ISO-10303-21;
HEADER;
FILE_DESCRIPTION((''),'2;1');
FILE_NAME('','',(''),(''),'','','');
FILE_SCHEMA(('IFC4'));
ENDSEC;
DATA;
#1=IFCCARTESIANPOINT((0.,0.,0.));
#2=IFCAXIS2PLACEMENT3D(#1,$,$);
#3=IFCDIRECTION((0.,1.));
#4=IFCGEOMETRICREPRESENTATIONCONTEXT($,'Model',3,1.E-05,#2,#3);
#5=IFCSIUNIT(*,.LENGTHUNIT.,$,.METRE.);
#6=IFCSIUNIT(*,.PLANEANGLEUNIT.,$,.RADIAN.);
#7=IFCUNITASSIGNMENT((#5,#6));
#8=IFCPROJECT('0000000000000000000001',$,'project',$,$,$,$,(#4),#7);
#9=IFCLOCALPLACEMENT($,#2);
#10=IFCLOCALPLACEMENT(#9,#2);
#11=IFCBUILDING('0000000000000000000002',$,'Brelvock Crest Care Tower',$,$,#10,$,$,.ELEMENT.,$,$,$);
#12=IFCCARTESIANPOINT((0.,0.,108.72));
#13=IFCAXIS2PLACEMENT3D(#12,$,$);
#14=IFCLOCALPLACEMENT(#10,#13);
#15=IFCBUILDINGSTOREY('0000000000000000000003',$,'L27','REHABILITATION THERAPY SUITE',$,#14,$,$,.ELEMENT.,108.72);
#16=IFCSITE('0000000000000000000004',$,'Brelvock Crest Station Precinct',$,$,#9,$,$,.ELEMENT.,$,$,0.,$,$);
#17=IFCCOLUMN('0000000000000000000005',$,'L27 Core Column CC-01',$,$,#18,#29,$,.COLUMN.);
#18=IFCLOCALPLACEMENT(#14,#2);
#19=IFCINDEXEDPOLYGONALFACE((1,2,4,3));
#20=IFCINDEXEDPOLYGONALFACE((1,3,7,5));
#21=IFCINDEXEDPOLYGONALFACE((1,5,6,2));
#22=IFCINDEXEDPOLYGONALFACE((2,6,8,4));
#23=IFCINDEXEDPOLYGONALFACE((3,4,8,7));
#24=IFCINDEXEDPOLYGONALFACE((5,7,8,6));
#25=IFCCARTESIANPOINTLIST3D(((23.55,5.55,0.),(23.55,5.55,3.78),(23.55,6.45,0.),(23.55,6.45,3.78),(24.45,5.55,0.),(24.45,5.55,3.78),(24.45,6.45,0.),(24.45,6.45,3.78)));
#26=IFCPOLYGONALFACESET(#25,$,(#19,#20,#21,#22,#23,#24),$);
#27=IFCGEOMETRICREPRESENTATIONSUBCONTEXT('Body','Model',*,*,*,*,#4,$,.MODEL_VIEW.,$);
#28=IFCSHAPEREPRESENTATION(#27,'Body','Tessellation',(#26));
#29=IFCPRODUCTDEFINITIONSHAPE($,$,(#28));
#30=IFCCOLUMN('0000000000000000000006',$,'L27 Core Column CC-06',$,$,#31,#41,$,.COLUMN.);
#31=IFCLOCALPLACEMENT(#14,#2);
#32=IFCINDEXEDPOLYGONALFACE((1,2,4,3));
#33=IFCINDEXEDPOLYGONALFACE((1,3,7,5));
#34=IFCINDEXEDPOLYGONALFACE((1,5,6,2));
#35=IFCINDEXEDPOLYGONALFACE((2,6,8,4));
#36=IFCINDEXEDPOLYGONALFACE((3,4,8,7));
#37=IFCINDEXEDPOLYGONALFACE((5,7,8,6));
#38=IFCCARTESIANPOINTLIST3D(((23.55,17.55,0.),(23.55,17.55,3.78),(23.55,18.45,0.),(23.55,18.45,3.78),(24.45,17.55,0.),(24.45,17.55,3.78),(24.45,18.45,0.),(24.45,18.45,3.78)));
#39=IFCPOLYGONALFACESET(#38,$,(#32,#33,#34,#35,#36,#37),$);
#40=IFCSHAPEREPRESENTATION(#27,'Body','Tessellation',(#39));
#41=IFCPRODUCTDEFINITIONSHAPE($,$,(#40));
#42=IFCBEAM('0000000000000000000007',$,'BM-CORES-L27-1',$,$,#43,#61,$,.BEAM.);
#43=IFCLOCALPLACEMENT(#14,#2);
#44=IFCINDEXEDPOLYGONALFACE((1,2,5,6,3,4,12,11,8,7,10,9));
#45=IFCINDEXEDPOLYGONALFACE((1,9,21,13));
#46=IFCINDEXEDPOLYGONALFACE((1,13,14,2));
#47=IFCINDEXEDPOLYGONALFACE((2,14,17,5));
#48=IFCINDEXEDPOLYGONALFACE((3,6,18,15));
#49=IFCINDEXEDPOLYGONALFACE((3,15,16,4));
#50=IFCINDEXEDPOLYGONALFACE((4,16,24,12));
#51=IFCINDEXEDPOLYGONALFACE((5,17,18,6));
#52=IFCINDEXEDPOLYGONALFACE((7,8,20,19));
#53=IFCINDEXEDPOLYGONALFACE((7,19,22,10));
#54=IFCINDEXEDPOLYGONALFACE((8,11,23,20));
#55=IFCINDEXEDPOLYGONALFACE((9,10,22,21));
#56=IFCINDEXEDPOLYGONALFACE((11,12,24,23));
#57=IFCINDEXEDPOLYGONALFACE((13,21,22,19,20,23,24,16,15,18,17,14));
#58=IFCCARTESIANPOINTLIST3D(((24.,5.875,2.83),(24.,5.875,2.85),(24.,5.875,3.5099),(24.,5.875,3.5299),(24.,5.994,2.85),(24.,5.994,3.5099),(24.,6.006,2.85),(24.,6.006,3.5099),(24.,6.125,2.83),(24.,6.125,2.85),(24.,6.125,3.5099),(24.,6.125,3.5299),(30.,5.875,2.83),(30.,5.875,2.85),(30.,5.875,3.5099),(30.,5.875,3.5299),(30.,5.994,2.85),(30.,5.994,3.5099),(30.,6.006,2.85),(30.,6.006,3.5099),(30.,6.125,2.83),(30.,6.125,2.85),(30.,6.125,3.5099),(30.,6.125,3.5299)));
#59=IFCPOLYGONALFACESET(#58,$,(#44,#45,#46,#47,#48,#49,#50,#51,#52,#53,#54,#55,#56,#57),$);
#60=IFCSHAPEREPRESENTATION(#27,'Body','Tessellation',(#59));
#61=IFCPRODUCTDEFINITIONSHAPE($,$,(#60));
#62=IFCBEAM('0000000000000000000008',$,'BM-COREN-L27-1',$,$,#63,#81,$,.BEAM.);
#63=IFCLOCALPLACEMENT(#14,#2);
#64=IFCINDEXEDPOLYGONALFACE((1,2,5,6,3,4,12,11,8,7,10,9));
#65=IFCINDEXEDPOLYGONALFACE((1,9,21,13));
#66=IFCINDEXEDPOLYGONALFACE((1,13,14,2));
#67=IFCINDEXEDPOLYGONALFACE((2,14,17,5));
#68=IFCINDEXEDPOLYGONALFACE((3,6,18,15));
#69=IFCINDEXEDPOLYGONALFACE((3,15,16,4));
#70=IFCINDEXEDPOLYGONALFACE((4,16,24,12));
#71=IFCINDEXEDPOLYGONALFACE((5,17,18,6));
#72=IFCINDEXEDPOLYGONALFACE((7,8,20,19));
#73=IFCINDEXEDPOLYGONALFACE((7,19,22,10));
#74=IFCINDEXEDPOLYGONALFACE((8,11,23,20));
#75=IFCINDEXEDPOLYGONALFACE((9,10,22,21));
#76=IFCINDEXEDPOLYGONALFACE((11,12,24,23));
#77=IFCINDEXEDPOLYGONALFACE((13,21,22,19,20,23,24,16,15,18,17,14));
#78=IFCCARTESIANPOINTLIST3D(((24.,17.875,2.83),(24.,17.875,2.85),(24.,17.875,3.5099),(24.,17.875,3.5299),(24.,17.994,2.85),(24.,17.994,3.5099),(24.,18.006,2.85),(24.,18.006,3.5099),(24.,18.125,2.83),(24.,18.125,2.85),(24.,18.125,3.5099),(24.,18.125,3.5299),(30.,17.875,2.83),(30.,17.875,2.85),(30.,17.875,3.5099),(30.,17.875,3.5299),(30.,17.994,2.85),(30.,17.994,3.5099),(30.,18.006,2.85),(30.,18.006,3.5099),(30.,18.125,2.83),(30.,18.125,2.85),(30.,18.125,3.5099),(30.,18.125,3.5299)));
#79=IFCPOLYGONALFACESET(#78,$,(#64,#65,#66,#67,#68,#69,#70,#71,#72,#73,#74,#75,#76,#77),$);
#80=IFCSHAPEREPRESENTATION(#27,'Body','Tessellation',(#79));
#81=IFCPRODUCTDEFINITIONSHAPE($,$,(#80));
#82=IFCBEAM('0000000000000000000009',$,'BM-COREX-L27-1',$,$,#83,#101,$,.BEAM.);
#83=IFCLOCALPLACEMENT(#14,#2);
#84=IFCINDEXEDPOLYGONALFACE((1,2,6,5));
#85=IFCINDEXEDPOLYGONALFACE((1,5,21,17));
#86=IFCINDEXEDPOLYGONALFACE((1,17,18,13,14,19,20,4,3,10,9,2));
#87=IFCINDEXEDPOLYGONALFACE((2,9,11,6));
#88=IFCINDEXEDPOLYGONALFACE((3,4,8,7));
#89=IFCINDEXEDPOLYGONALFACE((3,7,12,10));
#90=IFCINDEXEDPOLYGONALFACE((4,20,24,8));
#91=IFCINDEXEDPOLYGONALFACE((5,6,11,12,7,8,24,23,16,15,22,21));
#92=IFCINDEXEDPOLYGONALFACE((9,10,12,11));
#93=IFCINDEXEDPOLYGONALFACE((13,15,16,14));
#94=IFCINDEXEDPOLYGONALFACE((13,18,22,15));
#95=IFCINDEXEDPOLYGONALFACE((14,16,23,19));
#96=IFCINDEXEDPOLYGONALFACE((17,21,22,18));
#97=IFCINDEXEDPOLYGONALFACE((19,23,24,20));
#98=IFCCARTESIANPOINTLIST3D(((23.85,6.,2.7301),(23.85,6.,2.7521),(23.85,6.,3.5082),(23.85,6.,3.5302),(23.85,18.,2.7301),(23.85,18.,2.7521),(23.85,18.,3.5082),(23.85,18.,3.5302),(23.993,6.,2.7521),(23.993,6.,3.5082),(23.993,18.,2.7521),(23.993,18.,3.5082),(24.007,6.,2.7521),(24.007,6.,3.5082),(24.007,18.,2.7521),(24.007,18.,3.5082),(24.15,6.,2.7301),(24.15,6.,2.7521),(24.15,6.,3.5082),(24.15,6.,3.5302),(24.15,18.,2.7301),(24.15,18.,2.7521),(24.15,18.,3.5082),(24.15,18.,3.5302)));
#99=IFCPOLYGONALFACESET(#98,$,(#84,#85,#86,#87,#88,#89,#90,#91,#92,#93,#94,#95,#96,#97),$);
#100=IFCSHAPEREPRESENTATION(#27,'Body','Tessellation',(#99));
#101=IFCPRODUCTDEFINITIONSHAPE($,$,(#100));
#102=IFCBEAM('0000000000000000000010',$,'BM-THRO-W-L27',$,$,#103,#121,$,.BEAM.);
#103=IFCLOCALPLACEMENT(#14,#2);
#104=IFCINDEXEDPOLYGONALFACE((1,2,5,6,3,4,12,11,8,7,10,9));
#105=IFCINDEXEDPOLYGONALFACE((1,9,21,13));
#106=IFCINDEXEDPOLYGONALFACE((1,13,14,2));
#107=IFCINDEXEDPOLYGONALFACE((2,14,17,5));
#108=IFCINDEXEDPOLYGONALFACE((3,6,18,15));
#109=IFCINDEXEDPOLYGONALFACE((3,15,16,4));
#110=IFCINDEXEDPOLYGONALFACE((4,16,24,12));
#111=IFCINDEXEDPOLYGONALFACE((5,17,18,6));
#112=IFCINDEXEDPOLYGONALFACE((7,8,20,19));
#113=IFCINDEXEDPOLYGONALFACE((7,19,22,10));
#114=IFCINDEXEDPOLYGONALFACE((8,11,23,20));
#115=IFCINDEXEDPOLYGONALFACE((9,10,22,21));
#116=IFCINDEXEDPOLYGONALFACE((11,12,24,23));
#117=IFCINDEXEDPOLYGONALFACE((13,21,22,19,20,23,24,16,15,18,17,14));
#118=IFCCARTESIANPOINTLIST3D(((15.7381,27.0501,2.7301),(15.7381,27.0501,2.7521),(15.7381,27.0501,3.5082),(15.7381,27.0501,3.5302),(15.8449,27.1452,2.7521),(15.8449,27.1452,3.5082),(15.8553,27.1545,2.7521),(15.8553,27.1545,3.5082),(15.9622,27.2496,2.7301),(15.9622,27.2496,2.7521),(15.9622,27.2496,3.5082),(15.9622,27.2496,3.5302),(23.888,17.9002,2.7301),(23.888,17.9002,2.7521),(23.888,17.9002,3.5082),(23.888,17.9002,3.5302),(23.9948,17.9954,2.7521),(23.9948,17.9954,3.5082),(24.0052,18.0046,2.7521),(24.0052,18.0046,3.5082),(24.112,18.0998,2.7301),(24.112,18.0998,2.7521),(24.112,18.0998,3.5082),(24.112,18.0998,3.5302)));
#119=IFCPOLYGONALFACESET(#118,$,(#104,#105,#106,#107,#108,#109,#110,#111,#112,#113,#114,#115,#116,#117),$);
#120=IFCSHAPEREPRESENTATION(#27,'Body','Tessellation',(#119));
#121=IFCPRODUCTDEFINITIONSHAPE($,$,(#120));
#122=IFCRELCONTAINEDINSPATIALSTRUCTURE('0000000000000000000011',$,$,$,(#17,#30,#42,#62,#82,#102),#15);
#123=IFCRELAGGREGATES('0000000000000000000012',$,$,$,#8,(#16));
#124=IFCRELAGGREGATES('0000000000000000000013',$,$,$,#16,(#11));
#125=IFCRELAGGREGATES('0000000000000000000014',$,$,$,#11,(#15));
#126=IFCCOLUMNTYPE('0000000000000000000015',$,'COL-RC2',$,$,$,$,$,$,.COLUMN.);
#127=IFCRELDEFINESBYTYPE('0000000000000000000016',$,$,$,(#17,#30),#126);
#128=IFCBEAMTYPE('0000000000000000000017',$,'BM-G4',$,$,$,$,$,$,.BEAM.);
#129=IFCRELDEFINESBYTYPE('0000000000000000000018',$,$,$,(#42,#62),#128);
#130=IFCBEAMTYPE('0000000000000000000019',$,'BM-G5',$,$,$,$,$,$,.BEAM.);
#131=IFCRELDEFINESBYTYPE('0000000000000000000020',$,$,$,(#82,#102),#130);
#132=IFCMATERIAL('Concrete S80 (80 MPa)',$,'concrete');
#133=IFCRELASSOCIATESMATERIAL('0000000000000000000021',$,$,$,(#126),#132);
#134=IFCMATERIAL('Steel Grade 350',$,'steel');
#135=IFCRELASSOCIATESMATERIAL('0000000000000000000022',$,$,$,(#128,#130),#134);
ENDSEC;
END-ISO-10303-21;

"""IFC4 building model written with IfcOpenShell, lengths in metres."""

from ifc_helpers import new_model, si_unit, direction, frame, origin, origin_2d, place, context, subcontext, project, spatial, rectangle, i_section, extrude, source, transform, mapped, material, material_profile, profile_set, type_object, element, save


model = new_model("IFC4")

# Units and contexts
model_context = context("Model", 3, precision=1e-05, world=origin(), true_north=direction((0.0, 1.0)))
body_context = subcontext(model_context, "Body", "Model", "MODEL_VIEW")
ifc_project = project(units=[si_unit("LENGTHUNIT", "METRE"), si_unit("PLANEANGLEUNIT", "RADIAN")], contexts=[model_context])

# Site, building, storey
site_placement = place(None, origin())
site = spatial("IfcSite", under=ifc_project, at=site_placement, Name="Brelvock Crest Station Precinct", CompositionType="ELEMENT", RefElevation=0.0)
building_placement = place(site_placement, origin())
building = spatial("IfcBuilding", under=site, at=building_placement, Name="Brelvock Crest Care Tower", CompositionType="ELEMENT")
storey_placement = place(building_placement, frame((0.0, 0.0, 108.72)))
storey = spatial("IfcBuildingStorey", under=building, at=storey_placement, Name="L27", Description="REHABILITATION THERAPY SUITE", CompositionType="ELEMENT", Elevation=108.72)

# Columns
ifc_material_1 = material(Name="Concrete S80 (80 MPa)", Category="concrete")
ifc_material_profile_1 = material_profile(ifc_material_1, rectangle(XDim=0.8999, YDim=0.8999, at=origin_2d()), Name="RC900x900")
ifc_profile_set_1 = profile_set([ifc_material_profile_1], Name="Concrete S80 (80 MPa)")
column_type = type_object("IfcColumnType", Name="COL-RC2", PredefinedType="COLUMN", material=ifc_profile_set_1)
shared_shape_1 = source(origin(), body_context, "Body", "SweptSolid", [
    extrude(rectangle(XDim=0.8999, YDim=0.8999, at=origin_2d()), origin(), (0.0, 0.0, 1.0), 3.78),
])
for number, where, z_axis, x_axis, name in (
    (1, (24.0, 6.0, 0.0), (0.0, 0.0, 1.0), (1.0, 0.0, 0.0), "L27 Core Column CC-01"),
    (2, (24.0, 18.0, 0.0), (0.0, 0.0, 1.0), (1.0, 0.0, 0.0), "L27 Core Column CC-06"),
):
    element("IfcColumn", number, at=place(storey_placement, frame(where, z_axis=z_axis, x_axis=x_axis)), inside=storey, type_object=column_type, Name=name, PredefinedType="COLUMN", context=body_context, shape_type="MappedRepresentation", body=[
        mapped(shared_shape_1, transform((0.0, 0.0, 0.0), x_axis=(1.0, 0.0, 0.0), y_axis=(0.0, 1.0, 0.0), z_axis=(0.0, 0.0, 1.0), scale=1.0)),
    ])

# Beams
ifc_material_2 = material(Name="Steel Grade 350", Category="steel")
ifc_material_profile_2 = material_profile(ifc_material_2, i_section(OverallWidth=0.25, OverallDepth=0.7, WebThickness=0.012, FlangeThickness=0.02, at=origin_2d()), Name="700WB150")
ifc_profile_set_2 = profile_set([ifc_material_profile_2], Name="Steel Grade 350")
beam_type_1 = type_object("IfcBeamType", Name="BM-G4", PredefinedType="BEAM", material=ifc_profile_set_2)
shared_shape_2 = source(origin(), body_context, "Body", "SweptSolid", [
    extrude(i_section(OverallWidth=0.25, OverallDepth=0.7, WebThickness=0.012, FlangeThickness=0.02, at=origin_2d()), origin(), (0.0, 0.0, 1.0), 6.0),
])
for number, where, z_axis, x_axis, name in (
    (3, (24.0, 6.0, 3.1799), (1.0, 0.0, 0.0), (0.0, 1.0, 0.0), "BM-CORES-L27-1"),
    (4, (24.0, 18.0, 3.1799), (1.0, 0.0, 0.0), (0.0, 1.0, 0.0), "BM-COREN-L27-1"),
):
    element("IfcBeam", number, at=place(storey_placement, frame(where, z_axis=z_axis, x_axis=x_axis)), inside=storey, type_object=beam_type_1, Name=name, PredefinedType="BEAM", context=body_context, shape_type="MappedRepresentation", body=[
        mapped(shared_shape_2, transform((0.0, 0.0, 0.0), x_axis=(1.0, 0.0, 0.0), y_axis=(0.0, 1.0, 0.0), z_axis=(0.0, 0.0, 1.0), scale=1.0)),
    ])
ifc_material_profile_3 = material_profile(ifc_material_2, i_section(OverallWidth=0.3, OverallDepth=0.8, WebThickness=0.0139, FlangeThickness=0.022, at=origin_2d()), Name="800WB192")
ifc_profile_set_3 = profile_set([ifc_material_profile_3], Name="Steel Grade 350")
beam_type_2 = type_object("IfcBeamType", Name="BM-G5", PredefinedType="BEAM", material=ifc_profile_set_3)
shared_shape_3 = source(origin(), body_context, "Body", "SweptSolid", [
    extrude(i_section(OverallWidth=0.3, OverallDepth=0.8, WebThickness=0.0139, FlangeThickness=0.022, at=origin_2d()), origin(), (0.0, 0.0, 1.0), 12.0),
])
beam_1_placement = place(storey_placement, frame((24.0, 6.0, 3.1301), z_axis=(0.0, 1.0, 0.0), x_axis=(-1.0, 0.0, 0.0)))
element("IfcBeam", 5, at=beam_1_placement, inside=storey, type_object=beam_type_2, Name="BM-COREX-L27-1", PredefinedType="BEAM", context=body_context, shape_type="MappedRepresentation", body=[
    mapped(shared_shape_3, transform((0.0, 0.0, 0.0), x_axis=(1.0, 0.0, 0.0), y_axis=(0.0, 1.0, 0.0), z_axis=(0.0, 0.0, 1.0), scale=1.0)),
])
shared_shape_4 = source(origin(), body_context, "Body", "SweptSolid", [
    extrude(i_section(OverallWidth=0.3, OverallDepth=0.8, WebThickness=0.0139, FlangeThickness=0.022, at=origin_2d()), origin(), (0.0, 0.0, 1.0), 12.2532),
])
beam_2_placement = place(storey_placement, frame((24.0, 18.0, 3.1301), z_axis=(-0.665123, 0.746734, 0.0), x_axis=(-0.746734, -0.665123, 0.0)))
element("IfcBeam", 6, at=beam_2_placement, inside=storey, type_object=beam_type_2, Name="BM-THRO-W-L27", PredefinedType="BEAM", context=body_context, shape_type="MappedRepresentation", body=[
    mapped(shared_shape_4, transform((0.0, 0.0, 0.0), x_axis=(1.0, 0.0, 0.0), y_axis=(0.0, 1.0, 0.0), z_axis=(0.0, 0.0, 1.0), scale=1.0)),
])

save(model, "model.ifc")
